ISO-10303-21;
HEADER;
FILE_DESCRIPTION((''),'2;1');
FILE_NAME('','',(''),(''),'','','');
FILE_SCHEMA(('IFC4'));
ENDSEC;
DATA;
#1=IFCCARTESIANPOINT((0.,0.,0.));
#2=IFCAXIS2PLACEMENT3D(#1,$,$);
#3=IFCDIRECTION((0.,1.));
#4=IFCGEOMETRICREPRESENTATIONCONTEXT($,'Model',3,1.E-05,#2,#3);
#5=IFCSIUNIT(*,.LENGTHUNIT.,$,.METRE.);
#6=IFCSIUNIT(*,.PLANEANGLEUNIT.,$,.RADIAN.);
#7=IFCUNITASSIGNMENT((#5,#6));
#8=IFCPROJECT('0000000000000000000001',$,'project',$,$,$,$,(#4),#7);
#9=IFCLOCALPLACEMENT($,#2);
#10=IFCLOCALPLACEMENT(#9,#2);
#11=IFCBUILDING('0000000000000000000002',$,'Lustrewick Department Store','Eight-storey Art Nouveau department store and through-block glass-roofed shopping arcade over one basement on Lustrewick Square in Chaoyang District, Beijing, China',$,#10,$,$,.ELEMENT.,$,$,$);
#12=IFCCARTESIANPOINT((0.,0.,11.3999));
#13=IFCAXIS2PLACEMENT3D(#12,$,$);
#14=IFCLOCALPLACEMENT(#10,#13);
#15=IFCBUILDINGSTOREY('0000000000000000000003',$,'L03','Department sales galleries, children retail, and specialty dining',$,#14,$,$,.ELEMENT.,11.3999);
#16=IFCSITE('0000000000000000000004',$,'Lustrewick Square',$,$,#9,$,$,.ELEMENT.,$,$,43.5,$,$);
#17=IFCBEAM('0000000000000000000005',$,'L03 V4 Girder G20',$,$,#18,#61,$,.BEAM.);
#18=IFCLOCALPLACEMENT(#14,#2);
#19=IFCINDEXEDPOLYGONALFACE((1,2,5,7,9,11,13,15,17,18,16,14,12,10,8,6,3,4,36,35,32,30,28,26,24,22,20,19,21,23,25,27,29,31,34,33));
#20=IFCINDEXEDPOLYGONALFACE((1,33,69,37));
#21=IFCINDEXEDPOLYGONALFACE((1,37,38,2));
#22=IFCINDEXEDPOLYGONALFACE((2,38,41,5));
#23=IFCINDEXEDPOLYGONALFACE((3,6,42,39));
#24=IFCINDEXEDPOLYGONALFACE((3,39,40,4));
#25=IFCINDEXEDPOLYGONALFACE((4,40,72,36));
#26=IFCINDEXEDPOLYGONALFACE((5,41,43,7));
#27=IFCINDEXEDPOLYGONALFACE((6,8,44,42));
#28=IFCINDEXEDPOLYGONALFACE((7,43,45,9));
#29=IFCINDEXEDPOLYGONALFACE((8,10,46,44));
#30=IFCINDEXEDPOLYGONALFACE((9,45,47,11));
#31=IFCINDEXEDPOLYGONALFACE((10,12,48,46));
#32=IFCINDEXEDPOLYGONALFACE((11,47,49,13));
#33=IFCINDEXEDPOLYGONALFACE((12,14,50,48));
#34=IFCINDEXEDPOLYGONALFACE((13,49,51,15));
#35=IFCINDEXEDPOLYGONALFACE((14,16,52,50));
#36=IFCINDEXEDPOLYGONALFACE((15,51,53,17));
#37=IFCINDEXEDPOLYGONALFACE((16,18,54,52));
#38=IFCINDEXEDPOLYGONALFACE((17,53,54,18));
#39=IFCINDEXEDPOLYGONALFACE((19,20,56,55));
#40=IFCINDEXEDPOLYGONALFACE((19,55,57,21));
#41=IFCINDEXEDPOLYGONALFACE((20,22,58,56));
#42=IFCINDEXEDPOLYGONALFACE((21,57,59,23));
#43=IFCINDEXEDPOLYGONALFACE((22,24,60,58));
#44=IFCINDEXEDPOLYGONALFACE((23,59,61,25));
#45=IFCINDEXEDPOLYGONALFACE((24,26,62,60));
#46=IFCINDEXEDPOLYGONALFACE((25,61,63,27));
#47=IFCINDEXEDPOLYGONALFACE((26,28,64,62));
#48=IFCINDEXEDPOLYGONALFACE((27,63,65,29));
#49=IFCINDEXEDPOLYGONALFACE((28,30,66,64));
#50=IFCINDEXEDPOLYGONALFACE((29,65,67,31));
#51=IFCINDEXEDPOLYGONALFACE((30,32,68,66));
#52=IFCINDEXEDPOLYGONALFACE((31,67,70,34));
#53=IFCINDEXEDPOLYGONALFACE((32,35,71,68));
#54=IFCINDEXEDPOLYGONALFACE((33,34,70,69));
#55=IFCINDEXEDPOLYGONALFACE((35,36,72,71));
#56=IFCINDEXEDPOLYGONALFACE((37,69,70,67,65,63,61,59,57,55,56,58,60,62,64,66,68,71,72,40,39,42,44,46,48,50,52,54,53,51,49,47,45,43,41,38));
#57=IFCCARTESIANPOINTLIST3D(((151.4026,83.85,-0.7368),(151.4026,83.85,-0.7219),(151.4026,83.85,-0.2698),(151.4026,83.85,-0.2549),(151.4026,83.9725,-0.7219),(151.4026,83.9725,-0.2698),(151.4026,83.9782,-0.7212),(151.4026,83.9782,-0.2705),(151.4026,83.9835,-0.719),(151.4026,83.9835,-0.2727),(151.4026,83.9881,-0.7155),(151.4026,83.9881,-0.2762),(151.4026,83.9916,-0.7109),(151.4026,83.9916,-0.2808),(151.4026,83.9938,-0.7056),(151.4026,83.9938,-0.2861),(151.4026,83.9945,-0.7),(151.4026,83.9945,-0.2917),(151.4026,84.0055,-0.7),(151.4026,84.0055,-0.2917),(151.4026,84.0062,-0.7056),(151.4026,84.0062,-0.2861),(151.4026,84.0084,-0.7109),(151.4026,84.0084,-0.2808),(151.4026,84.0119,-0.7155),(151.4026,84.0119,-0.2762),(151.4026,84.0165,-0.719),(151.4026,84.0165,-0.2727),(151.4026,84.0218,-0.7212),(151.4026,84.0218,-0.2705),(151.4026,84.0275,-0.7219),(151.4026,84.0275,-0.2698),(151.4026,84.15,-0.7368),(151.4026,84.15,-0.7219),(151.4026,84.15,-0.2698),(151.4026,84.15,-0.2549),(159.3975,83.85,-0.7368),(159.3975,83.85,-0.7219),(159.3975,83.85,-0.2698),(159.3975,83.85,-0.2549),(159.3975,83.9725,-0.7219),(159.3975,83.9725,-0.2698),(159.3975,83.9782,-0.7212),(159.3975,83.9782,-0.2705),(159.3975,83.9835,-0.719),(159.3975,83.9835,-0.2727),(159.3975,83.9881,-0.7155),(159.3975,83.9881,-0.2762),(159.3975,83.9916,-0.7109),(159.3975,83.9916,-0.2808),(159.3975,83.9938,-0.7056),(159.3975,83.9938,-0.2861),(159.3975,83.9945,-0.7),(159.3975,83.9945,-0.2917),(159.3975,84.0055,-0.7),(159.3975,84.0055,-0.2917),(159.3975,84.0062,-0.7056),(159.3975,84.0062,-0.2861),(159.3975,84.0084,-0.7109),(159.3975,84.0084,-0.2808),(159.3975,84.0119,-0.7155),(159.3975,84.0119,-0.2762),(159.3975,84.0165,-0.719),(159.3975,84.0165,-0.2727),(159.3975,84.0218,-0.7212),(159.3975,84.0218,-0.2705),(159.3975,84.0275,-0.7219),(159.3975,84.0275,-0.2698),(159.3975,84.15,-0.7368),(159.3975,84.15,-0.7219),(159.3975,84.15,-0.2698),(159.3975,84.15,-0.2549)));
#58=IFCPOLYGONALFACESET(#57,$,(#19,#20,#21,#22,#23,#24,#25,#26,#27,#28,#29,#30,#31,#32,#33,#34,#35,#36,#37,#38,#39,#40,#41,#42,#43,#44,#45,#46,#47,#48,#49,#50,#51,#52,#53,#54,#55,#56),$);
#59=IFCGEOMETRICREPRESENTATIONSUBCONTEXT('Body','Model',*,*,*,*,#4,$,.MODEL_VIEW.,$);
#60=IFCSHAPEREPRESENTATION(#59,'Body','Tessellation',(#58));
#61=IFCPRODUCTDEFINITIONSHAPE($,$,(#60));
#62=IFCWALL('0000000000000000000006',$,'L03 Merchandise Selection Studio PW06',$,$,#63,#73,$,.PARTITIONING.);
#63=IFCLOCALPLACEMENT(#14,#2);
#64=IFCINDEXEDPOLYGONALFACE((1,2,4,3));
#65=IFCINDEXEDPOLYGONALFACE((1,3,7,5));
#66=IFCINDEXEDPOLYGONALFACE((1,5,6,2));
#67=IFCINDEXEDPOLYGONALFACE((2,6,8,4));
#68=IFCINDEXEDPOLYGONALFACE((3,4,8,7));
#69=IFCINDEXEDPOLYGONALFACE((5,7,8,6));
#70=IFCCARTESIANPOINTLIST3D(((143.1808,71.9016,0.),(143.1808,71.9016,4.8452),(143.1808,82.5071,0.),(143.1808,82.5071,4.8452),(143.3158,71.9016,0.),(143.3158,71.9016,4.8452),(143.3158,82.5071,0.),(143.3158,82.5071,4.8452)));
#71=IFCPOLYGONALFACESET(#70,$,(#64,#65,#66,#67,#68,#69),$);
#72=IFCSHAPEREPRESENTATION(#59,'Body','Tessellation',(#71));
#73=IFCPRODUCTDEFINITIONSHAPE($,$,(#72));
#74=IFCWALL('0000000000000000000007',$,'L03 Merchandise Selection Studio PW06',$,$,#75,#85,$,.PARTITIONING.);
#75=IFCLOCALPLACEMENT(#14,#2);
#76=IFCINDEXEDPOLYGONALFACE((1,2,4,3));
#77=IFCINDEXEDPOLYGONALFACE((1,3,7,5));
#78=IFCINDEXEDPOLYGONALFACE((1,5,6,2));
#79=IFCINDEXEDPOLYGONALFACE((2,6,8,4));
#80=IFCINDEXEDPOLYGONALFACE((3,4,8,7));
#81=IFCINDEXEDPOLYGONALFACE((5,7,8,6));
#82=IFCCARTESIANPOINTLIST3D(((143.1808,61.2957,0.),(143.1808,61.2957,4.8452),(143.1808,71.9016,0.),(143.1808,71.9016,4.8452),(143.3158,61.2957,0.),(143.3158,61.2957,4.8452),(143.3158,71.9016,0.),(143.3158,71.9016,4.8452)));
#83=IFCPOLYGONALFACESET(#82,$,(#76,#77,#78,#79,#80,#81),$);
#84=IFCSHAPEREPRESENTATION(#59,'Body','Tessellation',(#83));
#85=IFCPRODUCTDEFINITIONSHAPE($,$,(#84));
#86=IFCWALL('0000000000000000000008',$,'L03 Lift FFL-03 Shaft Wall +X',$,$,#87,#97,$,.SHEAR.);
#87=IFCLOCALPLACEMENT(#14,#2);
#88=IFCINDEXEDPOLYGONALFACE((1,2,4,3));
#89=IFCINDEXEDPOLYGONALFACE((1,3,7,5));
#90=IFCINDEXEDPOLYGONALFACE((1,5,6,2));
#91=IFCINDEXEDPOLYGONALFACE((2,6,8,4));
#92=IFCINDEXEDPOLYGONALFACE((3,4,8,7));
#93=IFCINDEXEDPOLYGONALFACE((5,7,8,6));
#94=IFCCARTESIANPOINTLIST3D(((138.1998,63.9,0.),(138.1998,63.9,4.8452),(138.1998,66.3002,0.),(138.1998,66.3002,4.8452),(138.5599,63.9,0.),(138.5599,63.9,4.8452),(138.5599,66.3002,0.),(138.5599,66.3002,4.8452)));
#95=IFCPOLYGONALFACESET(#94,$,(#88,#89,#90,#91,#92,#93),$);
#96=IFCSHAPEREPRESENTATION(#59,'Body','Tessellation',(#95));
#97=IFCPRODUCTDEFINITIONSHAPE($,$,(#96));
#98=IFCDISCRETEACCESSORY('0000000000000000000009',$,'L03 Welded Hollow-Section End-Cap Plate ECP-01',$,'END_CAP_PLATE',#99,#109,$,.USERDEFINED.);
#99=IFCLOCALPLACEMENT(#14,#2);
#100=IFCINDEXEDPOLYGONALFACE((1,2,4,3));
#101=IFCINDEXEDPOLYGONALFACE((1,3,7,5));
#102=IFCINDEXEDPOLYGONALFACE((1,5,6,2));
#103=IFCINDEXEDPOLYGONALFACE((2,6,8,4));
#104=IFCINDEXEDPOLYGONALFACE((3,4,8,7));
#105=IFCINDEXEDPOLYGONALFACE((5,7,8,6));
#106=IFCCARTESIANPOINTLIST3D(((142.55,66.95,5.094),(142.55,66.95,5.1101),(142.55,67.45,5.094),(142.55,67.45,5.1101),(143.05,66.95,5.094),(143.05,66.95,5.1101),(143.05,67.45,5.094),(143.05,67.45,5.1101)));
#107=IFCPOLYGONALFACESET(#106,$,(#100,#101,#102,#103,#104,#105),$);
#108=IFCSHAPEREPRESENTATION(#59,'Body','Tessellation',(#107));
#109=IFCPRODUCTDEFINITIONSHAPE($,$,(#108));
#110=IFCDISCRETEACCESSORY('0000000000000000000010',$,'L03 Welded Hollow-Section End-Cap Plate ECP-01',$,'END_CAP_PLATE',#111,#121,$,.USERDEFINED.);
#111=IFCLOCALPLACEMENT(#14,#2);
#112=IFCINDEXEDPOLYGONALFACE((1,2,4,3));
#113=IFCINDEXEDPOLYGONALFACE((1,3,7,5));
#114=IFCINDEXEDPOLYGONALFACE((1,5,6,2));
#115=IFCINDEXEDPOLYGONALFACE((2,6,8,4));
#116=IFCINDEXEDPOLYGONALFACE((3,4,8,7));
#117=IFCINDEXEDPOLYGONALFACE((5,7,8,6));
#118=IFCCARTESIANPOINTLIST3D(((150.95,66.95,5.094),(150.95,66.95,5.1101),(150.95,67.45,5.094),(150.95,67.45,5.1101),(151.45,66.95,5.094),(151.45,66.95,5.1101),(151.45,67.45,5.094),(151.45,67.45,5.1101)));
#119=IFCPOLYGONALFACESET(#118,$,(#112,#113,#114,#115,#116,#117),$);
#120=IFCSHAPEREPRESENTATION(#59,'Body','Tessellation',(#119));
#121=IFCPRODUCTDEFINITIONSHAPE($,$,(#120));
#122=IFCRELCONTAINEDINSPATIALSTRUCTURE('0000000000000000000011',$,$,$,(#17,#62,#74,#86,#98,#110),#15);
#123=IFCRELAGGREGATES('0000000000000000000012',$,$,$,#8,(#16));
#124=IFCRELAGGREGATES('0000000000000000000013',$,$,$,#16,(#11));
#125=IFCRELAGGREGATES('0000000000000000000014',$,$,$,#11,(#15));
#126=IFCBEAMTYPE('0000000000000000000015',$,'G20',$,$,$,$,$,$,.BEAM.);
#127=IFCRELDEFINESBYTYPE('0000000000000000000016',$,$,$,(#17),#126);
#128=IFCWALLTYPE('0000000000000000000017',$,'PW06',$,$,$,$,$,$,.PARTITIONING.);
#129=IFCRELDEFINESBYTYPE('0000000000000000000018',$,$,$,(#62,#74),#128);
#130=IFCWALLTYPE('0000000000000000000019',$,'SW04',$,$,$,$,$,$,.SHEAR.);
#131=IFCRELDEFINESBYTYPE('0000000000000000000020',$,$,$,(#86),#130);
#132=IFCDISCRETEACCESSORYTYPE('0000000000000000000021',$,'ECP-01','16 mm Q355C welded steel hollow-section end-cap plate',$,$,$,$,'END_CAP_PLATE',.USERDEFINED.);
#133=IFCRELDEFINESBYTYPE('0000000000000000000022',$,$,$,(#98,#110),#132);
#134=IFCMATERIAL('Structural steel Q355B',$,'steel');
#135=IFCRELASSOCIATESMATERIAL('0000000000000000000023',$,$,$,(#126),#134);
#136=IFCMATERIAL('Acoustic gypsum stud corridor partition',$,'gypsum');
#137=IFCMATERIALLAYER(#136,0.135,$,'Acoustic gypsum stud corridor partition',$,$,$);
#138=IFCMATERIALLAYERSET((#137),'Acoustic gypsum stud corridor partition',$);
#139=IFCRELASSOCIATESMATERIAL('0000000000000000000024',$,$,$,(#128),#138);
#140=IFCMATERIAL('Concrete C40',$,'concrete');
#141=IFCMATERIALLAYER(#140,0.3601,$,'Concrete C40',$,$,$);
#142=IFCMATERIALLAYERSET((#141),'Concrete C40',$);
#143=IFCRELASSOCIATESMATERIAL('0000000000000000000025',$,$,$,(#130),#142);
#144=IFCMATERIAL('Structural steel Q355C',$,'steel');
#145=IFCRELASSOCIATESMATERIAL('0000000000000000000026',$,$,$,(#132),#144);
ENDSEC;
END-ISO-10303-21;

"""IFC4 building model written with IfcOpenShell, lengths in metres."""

from ifc_helpers import new_model, si_unit, direction, frame, frame_2d, origin, origin_2d, place, context, subcontext, project, spatial, rectangle, i_section, extrude, material, layer, layer_set, material_profile, profile_set, type_object, element, save


model = new_model("IFC4")

# Units and contexts
model_context = context("Model", 3, precision=1e-05, world=origin(), true_north=direction((0.0, 1.0)))
body_context = subcontext(model_context, "Body", "Model", "MODEL_VIEW")
ifc_project = project(units=[si_unit("LENGTHUNIT", "METRE"), si_unit("PLANEANGLEUNIT", "RADIAN")], contexts=[model_context])

# Site, building, storey
site_placement = place(None, origin())
site = spatial("IfcSite", under=ifc_project, at=site_placement, Name="Lustrewick Square", CompositionType="ELEMENT", RefElevation=43.5)
building_placement = place(site_placement, origin())
building = spatial("IfcBuilding", under=site, at=building_placement, Name="Lustrewick Department Store", Description="Eight-storey Art Nouveau department store and through-block glass-roofed shopping arcade over one basement on Lustrewick Square in Chaoyang District, Beijing, China", CompositionType="ELEMENT")
storey_placement = place(building_placement, frame((0.0, 0.0, 11.3999)))
storey = spatial("IfcBuildingStorey", under=building, at=storey_placement, Name="L03", Description="Department sales galleries, children retail, and specialty dining", CompositionType="ELEMENT", Elevation=11.3999)

# Shared definitions
ifc_material_1 = material(Name="Structural steel Q355B", Category="steel")

# Beam
ifc_material_profile_1 = material_profile(ifc_material_1, i_section(OverallWidth=0.3, OverallDepth=0.4819, WebThickness=0.011, FlangeThickness=0.0149, FilletRadius=0.022, at=origin_2d()), Name="HM 482x300x11x15")
ifc_profile_set_1 = profile_set([ifc_material_profile_1], Name="Structural steel Q355B")
beam_type_1 = type_object("IfcBeamType", Name="G20", PredefinedType="BEAM", material=ifc_profile_set_1)
beam_1_placement = place(storey_placement, frame((151.4026, 84.0, -0.4958), z_axis=(1.0, 0.0, 0.0), x_axis=(0.0, 1.0, 0.0)))
element("IfcBeam", 1, at=beam_1_placement, inside=storey, type_object=beam_type_1, Name="L03 V4 Girder G20", PredefinedType="BEAM", context=body_context, shape_type="SweptSolid", body=[
    extrude(i_section(OverallWidth=0.3, OverallDepth=0.4819, WebThickness=0.011, FlangeThickness=0.0149, FilletRadius=0.022, at=origin_2d()), origin(), (0.0, 0.0, 1.0), 7.9949),
])

# Walls
ifc_material_2 = material(Name="Acoustic gypsum stud corridor partition", Category="gypsum")
ifc_layer_1 = layer(ifc_material_2, 0.135, Name="Acoustic gypsum stud corridor partition")
ifc_layer_set_1 = layer_set([ifc_layer_1], Name="Acoustic gypsum stud corridor partition")
wall_type_1 = type_object("IfcWallType", Name="PW06", PredefinedType="PARTITIONING", material=ifc_layer_set_1)
wall_1_placement = place(storey_placement, frame((143.2483, 82.5071, 0.0), z_axis=(0.0, 0.0, 1.0), x_axis=(0.0, -1.0, 0.0)))
element("IfcWall", 2, at=wall_1_placement, inside=storey, type_object=wall_type_1, Name="L03 Merchandise Selection Studio PW06", PredefinedType="PARTITIONING", context=body_context, shape_type="SweptSolid", body=[
    extrude(rectangle(XDim=10.6055, YDim=0.135, at=frame_2d((5.3027, 0.0))), origin(), (0.0, 0.0, 1.0), 4.8452),
])
wall_2_placement = place(storey_placement, frame((143.2483, 71.9016, 0.0), z_axis=(0.0, 0.0, 1.0), x_axis=(0.0, -1.0, 0.0)))
element("IfcWall", 3, at=wall_2_placement, inside=storey, type_object=wall_type_1, Name="L03 Merchandise Selection Studio PW06", PredefinedType="PARTITIONING", context=body_context, shape_type="SweptSolid", body=[
    extrude(rectangle(XDim=10.606, YDim=0.135, at=frame_2d((5.303, 0.0))), origin(), (0.0, 0.0, 1.0), 4.8452),
])
ifc_material_3 = material(Name="Concrete C40", Category="concrete")
ifc_layer_2 = layer(ifc_material_3, 0.3601, Name="Concrete C40")
ifc_layer_set_2 = layer_set([ifc_layer_2], Name="Concrete C40")
wall_type_2 = type_object("IfcWallType", Name="SW04", PredefinedType="SHEAR", material=ifc_layer_set_2)
wall_3_placement = place(storey_placement, frame((138.3799, 63.8999, 0.0), z_axis=(0.0, 0.0, 1.0), x_axis=(0.0, 1.0, 0.0)))
element("IfcWall", 4, at=wall_3_placement, inside=storey, type_object=wall_type_2, Name="L03 Lift FFL-03 Shaft Wall +X", PredefinedType="SHEAR", context=body_context, shape_type="SweptSolid", body=[
    extrude(rectangle(XDim=2.4001, YDim=0.3601, at=frame_2d((1.2002, 0.0))), origin(), (0.0, 0.0, 1.0), 4.8452),
])

# Discrete accessories
ifc_material_4 = material(Name="Structural steel Q355C", Category="steel")
discrete_accessory_type = type_object("IfcDiscreteAccessoryType", Name="ECP-01", Description="16 mm Q355C welded steel hollow-section end-cap plate", ElementType="END_CAP_PLATE", PredefinedType="USERDEFINED", material=ifc_material_4)
for number, where, z_axis, x_axis, name in (
    (5, (142.8, 67.2, 5.094), (0.0, 0.0, 1.0), (1.0, 0.0, 0.0), "L03 Welded Hollow-Section End-Cap Plate ECP-01"),
    (6, (151.2, 67.2, 5.094), (0.0, 0.0, 1.0), (1.0, 0.0, 0.0), "L03 Welded Hollow-Section End-Cap Plate ECP-01"),
):
    element("IfcDiscreteAccessory", number, at=place(storey_placement, frame(where, z_axis=z_axis, x_axis=x_axis)), inside=storey, type_object=discrete_accessory_type, Name=name, ObjectType="END_CAP_PLATE", PredefinedType="USERDEFINED", context=body_context, shape_type="SweptSolid", body=[
        extrude(rectangle(XDim=0.5, YDim=0.5, at=origin_2d()), origin(), (0.0, 0.0, 1.0), 0.0161),
    ])

save(model, "model.ifc")
